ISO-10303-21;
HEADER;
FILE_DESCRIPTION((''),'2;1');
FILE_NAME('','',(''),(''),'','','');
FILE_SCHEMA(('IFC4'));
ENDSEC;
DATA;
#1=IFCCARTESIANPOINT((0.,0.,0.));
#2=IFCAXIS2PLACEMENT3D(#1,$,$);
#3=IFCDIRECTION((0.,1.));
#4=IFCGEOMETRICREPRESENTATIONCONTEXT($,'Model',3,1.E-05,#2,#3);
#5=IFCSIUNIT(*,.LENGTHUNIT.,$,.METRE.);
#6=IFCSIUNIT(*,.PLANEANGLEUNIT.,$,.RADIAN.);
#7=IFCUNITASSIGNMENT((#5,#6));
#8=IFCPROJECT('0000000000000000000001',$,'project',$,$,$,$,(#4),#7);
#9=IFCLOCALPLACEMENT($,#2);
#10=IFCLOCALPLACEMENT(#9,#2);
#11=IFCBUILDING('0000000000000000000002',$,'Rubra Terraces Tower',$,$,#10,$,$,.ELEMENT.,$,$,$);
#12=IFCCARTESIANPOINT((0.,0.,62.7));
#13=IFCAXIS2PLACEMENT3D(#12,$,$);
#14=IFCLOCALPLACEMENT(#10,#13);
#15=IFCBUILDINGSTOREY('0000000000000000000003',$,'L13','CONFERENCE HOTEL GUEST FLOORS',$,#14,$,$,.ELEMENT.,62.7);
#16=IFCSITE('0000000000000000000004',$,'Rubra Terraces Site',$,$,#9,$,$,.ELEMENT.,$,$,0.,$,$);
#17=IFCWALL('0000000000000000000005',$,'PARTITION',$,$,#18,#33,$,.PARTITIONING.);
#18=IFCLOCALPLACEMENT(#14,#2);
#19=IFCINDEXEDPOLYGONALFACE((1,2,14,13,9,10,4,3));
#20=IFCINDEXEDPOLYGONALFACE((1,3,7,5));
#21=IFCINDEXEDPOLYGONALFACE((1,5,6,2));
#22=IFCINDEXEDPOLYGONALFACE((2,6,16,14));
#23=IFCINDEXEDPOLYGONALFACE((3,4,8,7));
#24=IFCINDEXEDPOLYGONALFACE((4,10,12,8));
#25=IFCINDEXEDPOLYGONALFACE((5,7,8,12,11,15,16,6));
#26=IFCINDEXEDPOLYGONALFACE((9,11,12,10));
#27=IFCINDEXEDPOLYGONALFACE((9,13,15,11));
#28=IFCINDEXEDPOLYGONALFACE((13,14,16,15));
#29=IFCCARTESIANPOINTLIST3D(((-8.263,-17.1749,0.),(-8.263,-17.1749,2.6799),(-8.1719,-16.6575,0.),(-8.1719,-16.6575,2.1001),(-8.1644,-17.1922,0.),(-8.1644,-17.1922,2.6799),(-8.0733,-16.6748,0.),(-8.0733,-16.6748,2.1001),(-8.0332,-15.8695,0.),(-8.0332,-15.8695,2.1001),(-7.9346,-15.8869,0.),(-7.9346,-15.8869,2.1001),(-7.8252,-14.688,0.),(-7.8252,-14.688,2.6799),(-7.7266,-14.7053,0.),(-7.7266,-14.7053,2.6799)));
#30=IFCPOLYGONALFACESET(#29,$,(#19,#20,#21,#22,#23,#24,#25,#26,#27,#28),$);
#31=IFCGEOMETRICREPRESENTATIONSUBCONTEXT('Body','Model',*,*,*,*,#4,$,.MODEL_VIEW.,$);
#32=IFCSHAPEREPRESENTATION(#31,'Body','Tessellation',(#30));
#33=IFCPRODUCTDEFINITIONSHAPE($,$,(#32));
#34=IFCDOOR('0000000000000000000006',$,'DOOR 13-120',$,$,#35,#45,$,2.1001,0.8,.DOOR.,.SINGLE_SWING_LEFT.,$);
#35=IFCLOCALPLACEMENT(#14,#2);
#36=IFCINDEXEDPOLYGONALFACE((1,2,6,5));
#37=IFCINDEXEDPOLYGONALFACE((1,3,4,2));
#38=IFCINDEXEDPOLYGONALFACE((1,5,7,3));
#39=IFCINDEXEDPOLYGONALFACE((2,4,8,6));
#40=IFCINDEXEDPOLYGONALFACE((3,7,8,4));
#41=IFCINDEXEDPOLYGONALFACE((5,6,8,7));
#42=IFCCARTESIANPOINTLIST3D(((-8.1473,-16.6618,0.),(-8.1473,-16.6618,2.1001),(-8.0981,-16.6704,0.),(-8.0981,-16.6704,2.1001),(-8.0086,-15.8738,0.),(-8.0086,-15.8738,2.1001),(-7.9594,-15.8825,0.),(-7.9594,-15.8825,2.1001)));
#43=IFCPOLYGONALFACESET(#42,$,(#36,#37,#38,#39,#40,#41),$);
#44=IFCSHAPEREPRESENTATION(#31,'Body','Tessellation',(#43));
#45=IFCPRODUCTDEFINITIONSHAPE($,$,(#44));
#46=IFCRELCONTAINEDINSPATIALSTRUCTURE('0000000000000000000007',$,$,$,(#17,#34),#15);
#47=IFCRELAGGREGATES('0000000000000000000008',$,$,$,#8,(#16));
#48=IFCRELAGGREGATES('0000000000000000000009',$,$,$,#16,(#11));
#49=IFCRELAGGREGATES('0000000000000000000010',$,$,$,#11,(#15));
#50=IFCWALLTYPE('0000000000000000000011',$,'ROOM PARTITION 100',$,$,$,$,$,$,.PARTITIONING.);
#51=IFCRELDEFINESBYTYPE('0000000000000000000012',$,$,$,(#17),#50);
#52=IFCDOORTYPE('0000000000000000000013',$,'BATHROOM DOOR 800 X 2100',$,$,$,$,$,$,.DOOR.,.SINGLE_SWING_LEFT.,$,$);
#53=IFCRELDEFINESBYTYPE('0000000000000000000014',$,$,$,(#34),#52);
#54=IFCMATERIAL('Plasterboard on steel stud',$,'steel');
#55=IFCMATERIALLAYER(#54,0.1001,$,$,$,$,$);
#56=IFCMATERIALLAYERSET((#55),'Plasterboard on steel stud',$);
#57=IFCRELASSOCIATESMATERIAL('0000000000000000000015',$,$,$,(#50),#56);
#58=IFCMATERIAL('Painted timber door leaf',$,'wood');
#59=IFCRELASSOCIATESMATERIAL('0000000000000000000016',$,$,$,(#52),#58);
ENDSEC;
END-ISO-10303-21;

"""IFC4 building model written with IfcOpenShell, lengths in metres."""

from ifc_helpers import new_model, si_unit, direction, frame, frame_2d, origin, place, context, subcontext, project, spatial, rectangle, extrude, material, layer, layer_set, type_object, element, fill, save


model = new_model("IFC4")

# Units and contexts
model_context = context("Model", 3, precision=1e-05, world=origin(), true_north=direction((0.0, 1.0)))
body_context = subcontext(model_context, "Body", "Model", "MODEL_VIEW")
ifc_project = project(units=[si_unit("LENGTHUNIT", "METRE"), si_unit("PLANEANGLEUNIT", "RADIAN")], contexts=[model_context])

# Site, building, storey
site_placement = place(None, origin())
site = spatial("IfcSite", under=ifc_project, at=site_placement, Name="Rubra Terraces Site", CompositionType="ELEMENT", RefElevation=0.0)
building_placement = place(site_placement, origin())
building = spatial("IfcBuilding", under=site, at=building_placement, Name="Rubra Terraces Tower", CompositionType="ELEMENT")
storey_placement = place(building_placement, frame((0.0, 0.0, 62.7)))
storey = spatial("IfcBuildingStorey", under=building, at=storey_placement, Name="L13", Description="CONFERENCE HOTEL GUEST FLOORS", CompositionType="ELEMENT", Elevation=62.7)

# Shared definitions
ifc_material_1 = material(Name="Painted timber door leaf", Category="wood")

# Wall, opening, door
ifc_material_2 = material(Name="Plasterboard on steel stud", Category="steel")
ifc_layer_1 = layer(ifc_material_2, 0.1001)
ifc_layer_set_1 = layer_set([ifc_layer_1], Name="Plasterboard on steel stud")
wall_type_1 = type_object("IfcWallType", Name="ROOM PARTITION 100", PredefinedType="PARTITIONING", material=ifc_layer_set_1)
wall_1_placement = place(storey_placement, frame((-7.7759, -14.6965, 0.0), z_axis=(0.0, 0.0, 1.0), x_axis=(-0.173361, -0.984858, 0.0)))
wall_1 = element("IfcWall", 1, at=wall_1_placement, inside=storey, type_object=wall_type_1, Name="PARTITION", PredefinedType="PARTITIONING", context=body_context, shape_type="SweptSolid", body=[
    extrude(rectangle(XDim=2.5251, YDim=0.1001, at=frame_2d((1.2627, 0.0))), origin(), (0.0, 0.0, 1.0), 2.6799),
])
opening_1_placement = place(wall_1_placement, frame((1.2, 0.0, 0.0)))
opening_1 = element("IfcOpeningElement", 2, at=opening_1_placement, cuts=wall_1, PredefinedType="OPENING", context=body_context, shape_type="SweptSolid", body=[
    extrude(rectangle(XDim=0.8, YDim=2.1001, at=frame_2d((0.3999, 1.05))), frame((0.0, 0.0601, 0.0), z_axis=(0.0, -1.0, 0.0), x_axis=(1.0, 0.0, 0.0)), (0.0, 0.0, 1.0), 0.1201),
])
door_type_1 = type_object("IfcDoorType", Name="BATHROOM DOOR 800 X 2100", OperationType="SINGLE_SWING_LEFT", PredefinedType="DOOR", material=ifc_material_1)
door_1_placement = place(opening_1_placement, origin())
door_1 = element("IfcDoor", 3, at=door_1_placement, inside=storey, type_object=door_type_1, Name="DOOR 13-120", OperationType="SINGLE_SWING_LEFT", OverallHeight=2.1001, OverallWidth=0.8, PredefinedType="DOOR", context=body_context, shape_type="SweptSolid", body=[
    extrude(rectangle(XDim=0.8, YDim=2.1001, at=frame_2d((0.3999, 1.05))), frame((0.0, 0.0249, 0.0), z_axis=(0.0, -1.0, 0.0), x_axis=(1.0, 0.0, 0.0)), (0.0, 0.0, 1.0), 0.05),
])
fill(opening_1, door_1)

save(model, "model.ifc")
